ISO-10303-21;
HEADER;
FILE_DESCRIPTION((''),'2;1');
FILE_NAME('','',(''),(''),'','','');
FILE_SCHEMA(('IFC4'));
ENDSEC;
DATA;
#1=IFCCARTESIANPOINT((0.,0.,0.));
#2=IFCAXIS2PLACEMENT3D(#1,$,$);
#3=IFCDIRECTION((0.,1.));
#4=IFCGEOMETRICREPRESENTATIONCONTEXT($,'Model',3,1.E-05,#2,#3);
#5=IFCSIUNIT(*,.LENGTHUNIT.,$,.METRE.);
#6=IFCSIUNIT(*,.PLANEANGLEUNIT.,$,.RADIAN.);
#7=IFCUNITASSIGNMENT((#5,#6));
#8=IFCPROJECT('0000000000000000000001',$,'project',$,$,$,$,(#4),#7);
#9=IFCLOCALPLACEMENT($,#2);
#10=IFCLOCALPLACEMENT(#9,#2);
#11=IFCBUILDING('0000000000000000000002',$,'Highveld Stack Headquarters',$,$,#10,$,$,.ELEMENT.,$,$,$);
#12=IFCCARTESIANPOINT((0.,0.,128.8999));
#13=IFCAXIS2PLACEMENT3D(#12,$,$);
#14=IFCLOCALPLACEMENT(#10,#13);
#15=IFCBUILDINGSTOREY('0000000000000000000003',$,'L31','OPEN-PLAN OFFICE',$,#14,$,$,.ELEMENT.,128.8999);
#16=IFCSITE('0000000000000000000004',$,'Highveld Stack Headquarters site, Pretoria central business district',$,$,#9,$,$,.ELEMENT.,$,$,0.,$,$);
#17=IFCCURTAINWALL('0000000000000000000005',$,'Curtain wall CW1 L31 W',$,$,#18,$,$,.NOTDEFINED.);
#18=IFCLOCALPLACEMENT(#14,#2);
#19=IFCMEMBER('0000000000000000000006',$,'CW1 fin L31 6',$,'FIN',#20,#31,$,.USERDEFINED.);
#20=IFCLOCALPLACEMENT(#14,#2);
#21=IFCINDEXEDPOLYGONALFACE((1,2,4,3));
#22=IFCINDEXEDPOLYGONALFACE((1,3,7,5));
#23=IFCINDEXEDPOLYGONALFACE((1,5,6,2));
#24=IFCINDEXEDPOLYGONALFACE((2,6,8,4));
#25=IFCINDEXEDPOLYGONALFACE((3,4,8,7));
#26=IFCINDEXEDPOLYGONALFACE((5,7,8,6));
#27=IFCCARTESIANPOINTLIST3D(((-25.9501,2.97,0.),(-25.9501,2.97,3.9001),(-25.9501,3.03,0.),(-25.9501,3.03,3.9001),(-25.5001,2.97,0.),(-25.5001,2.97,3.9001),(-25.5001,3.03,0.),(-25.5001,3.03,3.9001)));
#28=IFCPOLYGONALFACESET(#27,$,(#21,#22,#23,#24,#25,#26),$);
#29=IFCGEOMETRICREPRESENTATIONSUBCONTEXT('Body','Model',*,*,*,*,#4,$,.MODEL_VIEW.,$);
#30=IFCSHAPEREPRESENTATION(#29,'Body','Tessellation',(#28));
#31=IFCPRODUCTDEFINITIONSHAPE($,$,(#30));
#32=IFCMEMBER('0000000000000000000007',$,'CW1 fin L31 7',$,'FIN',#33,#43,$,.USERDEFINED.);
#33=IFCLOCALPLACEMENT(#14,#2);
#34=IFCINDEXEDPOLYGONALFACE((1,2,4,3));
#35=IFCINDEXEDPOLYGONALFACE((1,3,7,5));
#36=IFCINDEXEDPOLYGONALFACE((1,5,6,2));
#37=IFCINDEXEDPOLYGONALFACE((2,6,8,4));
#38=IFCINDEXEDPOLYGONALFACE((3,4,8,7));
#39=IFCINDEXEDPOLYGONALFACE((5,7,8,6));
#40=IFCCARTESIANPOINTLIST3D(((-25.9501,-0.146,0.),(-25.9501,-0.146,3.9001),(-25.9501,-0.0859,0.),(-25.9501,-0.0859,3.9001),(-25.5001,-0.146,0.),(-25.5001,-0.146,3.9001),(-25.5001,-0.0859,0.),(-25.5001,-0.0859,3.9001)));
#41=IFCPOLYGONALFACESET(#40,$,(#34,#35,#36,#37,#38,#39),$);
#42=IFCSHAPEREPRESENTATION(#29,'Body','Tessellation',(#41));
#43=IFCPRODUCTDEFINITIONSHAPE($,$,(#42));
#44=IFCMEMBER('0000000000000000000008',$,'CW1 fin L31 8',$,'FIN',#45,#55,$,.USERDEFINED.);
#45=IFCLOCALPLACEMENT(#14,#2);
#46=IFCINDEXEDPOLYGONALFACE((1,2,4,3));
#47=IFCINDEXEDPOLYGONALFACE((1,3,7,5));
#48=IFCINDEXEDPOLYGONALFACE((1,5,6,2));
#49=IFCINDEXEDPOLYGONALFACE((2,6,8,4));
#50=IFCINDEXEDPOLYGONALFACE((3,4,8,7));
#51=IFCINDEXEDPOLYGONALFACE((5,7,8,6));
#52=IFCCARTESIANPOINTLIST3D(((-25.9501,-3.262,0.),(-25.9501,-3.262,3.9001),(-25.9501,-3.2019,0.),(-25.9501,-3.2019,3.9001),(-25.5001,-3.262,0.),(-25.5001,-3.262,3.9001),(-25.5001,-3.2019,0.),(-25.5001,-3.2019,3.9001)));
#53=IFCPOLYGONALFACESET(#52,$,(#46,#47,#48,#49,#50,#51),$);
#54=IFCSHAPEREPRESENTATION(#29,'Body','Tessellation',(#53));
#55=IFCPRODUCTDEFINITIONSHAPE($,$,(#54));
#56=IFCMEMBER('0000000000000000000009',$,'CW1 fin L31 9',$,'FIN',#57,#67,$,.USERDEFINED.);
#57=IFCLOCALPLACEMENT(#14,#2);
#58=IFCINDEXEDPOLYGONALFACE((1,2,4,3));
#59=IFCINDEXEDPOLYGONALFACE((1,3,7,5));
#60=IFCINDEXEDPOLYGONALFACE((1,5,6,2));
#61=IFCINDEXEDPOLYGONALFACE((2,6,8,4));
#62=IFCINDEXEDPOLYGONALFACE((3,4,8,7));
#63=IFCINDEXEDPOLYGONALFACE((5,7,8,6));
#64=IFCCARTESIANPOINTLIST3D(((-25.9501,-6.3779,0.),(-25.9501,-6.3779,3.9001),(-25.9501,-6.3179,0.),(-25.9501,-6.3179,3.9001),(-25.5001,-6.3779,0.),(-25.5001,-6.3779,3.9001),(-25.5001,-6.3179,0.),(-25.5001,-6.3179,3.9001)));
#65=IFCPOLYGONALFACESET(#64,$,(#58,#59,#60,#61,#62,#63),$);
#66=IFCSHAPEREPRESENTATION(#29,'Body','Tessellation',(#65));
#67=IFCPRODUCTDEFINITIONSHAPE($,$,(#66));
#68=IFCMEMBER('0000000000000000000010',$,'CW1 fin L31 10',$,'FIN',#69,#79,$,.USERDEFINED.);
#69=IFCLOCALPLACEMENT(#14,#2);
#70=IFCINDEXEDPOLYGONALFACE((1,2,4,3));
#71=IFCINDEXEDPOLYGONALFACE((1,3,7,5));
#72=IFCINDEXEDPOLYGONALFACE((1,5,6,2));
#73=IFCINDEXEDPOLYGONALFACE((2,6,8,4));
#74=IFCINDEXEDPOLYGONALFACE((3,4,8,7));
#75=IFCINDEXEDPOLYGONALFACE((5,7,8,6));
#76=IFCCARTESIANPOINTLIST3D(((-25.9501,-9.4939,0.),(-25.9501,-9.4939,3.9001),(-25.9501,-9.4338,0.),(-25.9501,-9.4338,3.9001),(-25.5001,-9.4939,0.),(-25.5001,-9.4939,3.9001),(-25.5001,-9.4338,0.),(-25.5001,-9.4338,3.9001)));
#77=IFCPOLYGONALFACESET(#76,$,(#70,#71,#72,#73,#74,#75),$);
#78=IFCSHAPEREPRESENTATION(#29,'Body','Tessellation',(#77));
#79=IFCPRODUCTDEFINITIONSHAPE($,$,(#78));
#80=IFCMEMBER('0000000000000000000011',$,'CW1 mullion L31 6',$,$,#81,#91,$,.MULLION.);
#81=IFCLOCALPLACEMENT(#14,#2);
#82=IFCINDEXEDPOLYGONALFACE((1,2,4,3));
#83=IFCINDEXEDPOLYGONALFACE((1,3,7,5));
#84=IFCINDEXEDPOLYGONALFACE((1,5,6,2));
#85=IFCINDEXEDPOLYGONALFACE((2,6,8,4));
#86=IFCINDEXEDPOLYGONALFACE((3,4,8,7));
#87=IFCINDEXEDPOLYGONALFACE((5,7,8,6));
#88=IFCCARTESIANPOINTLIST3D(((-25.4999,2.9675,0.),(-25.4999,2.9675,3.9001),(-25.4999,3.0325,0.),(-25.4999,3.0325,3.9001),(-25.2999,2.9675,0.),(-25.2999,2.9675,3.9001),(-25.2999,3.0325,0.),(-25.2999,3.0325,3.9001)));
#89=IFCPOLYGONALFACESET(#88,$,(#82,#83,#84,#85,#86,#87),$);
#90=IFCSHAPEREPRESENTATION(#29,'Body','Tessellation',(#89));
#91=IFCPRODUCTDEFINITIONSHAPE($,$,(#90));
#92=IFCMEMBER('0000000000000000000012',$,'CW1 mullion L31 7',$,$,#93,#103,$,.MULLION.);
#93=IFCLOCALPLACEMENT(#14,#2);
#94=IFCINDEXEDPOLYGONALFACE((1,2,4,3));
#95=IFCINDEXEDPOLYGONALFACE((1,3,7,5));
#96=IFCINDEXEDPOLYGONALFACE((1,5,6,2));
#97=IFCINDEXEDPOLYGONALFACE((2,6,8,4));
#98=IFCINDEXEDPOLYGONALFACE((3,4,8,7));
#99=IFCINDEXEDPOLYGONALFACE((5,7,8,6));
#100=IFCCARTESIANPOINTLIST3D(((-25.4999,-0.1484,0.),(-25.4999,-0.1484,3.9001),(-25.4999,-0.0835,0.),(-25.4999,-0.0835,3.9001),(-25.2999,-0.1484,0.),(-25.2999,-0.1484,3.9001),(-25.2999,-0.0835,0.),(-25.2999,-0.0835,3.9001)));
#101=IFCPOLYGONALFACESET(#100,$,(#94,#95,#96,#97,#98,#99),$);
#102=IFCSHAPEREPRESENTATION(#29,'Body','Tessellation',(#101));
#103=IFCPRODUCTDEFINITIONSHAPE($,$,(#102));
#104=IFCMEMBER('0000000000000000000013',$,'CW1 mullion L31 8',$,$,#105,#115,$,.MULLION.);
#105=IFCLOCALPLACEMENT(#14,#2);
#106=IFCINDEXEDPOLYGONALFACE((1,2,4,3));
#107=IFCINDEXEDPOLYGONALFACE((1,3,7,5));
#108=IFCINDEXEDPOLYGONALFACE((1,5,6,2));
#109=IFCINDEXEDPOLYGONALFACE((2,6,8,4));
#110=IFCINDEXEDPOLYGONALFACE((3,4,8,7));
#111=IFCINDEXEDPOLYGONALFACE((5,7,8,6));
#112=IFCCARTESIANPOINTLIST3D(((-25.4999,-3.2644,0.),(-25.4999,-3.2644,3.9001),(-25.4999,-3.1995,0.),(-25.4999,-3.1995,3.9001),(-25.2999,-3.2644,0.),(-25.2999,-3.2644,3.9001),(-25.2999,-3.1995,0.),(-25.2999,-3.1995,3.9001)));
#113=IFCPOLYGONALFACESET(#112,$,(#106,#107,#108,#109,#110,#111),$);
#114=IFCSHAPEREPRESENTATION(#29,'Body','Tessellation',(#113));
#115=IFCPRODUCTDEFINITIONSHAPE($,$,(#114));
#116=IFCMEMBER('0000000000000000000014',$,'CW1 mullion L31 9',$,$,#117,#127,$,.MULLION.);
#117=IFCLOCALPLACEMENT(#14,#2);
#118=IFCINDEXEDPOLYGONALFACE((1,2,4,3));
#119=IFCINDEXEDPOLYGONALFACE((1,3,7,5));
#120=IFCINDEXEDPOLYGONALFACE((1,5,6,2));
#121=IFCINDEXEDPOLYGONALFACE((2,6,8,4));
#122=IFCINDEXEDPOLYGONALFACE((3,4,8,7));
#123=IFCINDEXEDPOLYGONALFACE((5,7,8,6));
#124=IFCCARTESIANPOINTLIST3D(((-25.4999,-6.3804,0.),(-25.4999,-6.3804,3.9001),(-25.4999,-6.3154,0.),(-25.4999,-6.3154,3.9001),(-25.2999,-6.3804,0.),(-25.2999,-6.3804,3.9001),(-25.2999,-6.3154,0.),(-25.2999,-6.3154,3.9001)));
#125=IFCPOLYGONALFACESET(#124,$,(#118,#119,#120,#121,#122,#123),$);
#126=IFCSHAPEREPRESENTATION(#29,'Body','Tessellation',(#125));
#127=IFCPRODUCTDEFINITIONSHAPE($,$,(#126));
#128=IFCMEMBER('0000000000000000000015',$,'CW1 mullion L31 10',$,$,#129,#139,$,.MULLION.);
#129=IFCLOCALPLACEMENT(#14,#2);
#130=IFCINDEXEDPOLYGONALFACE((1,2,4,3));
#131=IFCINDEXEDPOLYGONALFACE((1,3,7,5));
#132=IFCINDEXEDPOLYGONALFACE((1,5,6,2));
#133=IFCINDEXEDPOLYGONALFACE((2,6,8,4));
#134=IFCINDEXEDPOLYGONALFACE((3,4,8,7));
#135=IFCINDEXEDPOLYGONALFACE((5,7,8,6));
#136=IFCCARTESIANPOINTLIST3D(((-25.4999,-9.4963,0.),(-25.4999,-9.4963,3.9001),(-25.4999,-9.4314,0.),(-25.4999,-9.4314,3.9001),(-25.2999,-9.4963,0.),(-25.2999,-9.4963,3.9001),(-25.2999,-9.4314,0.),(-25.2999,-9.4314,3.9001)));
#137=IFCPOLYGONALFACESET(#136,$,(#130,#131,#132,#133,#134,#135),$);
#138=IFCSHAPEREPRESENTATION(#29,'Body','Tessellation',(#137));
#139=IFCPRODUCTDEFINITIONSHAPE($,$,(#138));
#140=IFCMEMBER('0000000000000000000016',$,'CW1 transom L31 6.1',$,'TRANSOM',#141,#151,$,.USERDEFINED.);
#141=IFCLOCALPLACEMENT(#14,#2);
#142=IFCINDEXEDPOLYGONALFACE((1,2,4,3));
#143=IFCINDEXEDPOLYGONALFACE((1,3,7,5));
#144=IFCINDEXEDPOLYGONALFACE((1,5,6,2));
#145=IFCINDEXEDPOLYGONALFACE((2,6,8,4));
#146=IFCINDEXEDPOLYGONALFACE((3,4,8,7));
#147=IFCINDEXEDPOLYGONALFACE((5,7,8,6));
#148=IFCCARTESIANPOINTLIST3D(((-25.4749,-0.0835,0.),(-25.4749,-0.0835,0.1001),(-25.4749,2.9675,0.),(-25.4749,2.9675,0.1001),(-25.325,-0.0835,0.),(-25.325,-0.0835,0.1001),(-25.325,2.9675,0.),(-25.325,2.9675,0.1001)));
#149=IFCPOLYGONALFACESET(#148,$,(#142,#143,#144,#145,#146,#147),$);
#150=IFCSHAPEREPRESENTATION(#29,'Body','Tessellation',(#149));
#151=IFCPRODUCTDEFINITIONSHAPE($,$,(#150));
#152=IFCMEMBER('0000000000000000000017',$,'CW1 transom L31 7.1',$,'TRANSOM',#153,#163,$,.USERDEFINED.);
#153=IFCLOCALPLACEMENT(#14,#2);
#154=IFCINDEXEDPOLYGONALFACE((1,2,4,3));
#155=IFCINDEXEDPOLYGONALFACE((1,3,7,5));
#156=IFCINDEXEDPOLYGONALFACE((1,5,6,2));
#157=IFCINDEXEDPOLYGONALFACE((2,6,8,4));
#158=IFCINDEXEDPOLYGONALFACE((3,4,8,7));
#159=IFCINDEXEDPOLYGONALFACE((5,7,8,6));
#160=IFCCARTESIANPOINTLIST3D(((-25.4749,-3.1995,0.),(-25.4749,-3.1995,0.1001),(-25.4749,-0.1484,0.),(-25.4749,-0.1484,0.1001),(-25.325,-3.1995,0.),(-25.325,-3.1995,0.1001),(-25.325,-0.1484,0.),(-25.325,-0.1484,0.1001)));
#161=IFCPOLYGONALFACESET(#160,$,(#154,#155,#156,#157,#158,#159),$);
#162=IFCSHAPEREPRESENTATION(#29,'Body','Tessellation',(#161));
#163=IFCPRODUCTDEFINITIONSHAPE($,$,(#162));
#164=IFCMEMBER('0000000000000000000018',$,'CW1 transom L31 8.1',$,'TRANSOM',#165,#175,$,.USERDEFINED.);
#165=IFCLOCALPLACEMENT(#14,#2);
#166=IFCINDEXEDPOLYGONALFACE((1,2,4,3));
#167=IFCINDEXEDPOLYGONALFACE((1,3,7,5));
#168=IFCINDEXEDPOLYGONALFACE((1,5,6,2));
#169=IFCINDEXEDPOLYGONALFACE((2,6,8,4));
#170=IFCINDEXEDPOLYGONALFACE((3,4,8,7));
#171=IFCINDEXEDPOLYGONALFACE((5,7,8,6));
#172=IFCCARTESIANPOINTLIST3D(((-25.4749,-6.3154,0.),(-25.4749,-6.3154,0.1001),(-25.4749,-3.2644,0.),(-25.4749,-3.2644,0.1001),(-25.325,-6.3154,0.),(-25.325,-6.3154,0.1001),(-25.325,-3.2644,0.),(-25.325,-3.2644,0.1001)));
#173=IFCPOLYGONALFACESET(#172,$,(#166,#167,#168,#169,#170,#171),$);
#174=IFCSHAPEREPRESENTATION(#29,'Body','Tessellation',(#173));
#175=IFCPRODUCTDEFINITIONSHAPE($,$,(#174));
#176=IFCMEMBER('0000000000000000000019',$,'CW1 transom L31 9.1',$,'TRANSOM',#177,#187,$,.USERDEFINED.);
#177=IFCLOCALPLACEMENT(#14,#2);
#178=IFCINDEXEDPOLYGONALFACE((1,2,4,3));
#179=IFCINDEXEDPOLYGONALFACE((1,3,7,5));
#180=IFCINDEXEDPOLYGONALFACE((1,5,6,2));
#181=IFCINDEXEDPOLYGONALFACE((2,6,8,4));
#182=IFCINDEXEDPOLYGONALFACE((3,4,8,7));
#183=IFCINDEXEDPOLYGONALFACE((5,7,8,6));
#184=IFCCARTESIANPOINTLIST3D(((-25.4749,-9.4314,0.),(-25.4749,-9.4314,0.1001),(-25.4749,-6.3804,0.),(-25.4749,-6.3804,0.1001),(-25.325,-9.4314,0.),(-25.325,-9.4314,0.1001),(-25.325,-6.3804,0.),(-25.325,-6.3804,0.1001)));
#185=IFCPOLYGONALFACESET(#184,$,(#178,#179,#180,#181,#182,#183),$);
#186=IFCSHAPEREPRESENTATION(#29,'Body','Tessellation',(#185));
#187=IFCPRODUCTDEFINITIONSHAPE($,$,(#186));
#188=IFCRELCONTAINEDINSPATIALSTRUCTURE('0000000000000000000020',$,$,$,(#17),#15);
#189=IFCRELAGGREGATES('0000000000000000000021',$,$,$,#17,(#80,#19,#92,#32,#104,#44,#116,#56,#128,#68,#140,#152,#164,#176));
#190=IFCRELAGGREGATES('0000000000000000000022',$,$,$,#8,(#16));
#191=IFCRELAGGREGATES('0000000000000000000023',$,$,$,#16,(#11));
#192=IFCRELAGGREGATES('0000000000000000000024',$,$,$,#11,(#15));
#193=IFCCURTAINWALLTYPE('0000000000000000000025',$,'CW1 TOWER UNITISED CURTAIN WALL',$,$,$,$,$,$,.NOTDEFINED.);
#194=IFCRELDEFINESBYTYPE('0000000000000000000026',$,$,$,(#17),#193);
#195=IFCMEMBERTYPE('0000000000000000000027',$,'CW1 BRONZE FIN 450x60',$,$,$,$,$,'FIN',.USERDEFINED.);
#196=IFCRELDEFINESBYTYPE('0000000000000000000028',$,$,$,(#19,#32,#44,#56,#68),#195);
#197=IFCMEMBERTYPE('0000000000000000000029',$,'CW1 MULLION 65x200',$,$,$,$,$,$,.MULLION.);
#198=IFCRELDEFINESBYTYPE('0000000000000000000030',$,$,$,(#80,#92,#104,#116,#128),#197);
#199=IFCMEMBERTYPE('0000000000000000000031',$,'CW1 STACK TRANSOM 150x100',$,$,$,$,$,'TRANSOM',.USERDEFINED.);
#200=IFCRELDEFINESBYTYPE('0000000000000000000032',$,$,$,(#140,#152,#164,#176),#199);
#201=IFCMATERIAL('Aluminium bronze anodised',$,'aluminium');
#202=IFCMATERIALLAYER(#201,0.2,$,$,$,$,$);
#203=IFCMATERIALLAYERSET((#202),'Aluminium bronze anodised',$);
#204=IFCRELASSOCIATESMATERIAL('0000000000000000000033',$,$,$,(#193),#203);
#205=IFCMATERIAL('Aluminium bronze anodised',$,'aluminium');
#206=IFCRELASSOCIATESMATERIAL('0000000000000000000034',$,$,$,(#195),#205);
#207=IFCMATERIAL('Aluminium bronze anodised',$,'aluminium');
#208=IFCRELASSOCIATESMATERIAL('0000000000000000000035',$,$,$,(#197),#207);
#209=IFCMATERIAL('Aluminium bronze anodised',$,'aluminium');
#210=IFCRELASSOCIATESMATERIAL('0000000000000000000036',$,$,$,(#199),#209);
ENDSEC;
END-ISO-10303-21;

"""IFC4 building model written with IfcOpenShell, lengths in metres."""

from ifc_helpers import new_model, si_unit, direction, frame, origin, origin_2d, place, context, subcontext, project, spatial, rectangle, extrude, material, layer, layer_set, material_profile, profile_set, type_object, element, aggregate, save


model = new_model("IFC4")

# Units and contexts
model_context = context("Model", 3, precision=1e-05, world=origin(), true_north=direction((0.0, 1.0)))
body_context = subcontext(model_context, "Body", "Model", "MODEL_VIEW")
ifc_project = project(units=[si_unit("LENGTHUNIT", "METRE"), si_unit("PLANEANGLEUNIT", "RADIAN")], contexts=[model_context])

# Site, building, storey
site_placement = place(None, origin())
site = spatial("IfcSite", under=ifc_project, at=site_placement, Name="Highveld Stack Headquarters site, Pretoria central business district", CompositionType="ELEMENT", RefElevation=0.0)
building_placement = place(site_placement, origin())
building = spatial("IfcBuilding", under=site, at=building_placement, Name="Highveld Stack Headquarters", CompositionType="ELEMENT")
storey_placement = place(building_placement, frame((0.0, 0.0, 128.8999)))
storey = spatial("IfcBuildingStorey", under=building, at=storey_placement, Name="L31", Description="OPEN-PLAN OFFICE", CompositionType="ELEMENT", Elevation=128.8999)

# Curtain wall, members
ifc_material_1 = material(Name="Aluminium bronze anodised", Category="aluminium")
ifc_layer_1 = layer(ifc_material_1, 0.2)
ifc_layer_set_1 = layer_set([ifc_layer_1], Name="Aluminium bronze anodised")
curtain_wall_type = type_object("IfcCurtainWallType", Name="CW1 TOWER UNITISED CURTAIN WALL", PredefinedType="NOTDEFINED", material=ifc_layer_set_1)
curtain_wall_placement = place(storey_placement, origin())
curtain_wall = element("IfcCurtainWall", 1, at=curtain_wall_placement, inside=storey, type_object=curtain_wall_type, Name="Curtain wall CW1 L31 W", PredefinedType="NOTDEFINED")
ifc_material_2 = material(Name="Aluminium bronze anodised", Category="aluminium")
ifc_material_profile_1 = material_profile(ifc_material_2, rectangle(XDim=0.45, YDim=0.0601, at=origin_2d()), Name="FIN 450x60")
ifc_profile_set_1 = profile_set([ifc_material_profile_1], Name="Aluminium bronze anodised")
member_type_1 = type_object("IfcMemberType", Name="CW1 BRONZE FIN 450x60", ElementType="FIN", PredefinedType="USERDEFINED", material=ifc_profile_set_1)
member_1_placement = place(storey_placement, frame((-25.7251, 3.0, 0.0), z_axis=(0.0, 0.0, 1.0), x_axis=(1.0, 0.0, 0.0)))
member_1 = element("IfcMember", 2, at=member_1_placement, type_object=member_type_1, Name="CW1 fin L31 6", ObjectType="FIN", PredefinedType="USERDEFINED", context=body_context, shape_type="SweptSolid", body=[
    extrude(rectangle(XDim=0.45, YDim=0.0601, at=origin_2d()), origin(), (0.0, 0.0, 1.0), 3.9001),
])
member_2_placement = place(storey_placement, frame((-25.7251, -0.116, 0.0), z_axis=(0.0, 0.0, 1.0), x_axis=(1.0, 0.0, 0.0)))
member_2 = element("IfcMember", 3, at=member_2_placement, type_object=member_type_1, Name="CW1 fin L31 7", ObjectType="FIN", PredefinedType="USERDEFINED", context=body_context, shape_type="SweptSolid", body=[
    extrude(rectangle(XDim=0.45, YDim=0.0601, at=origin_2d()), origin(), (0.0, 0.0, 1.0), 3.9001),
])
member_3_placement = place(storey_placement, frame((-25.7251, -3.2319, 0.0), z_axis=(0.0, 0.0, 1.0), x_axis=(1.0, 0.0, 0.0)))
member_3 = element("IfcMember", 4, at=member_3_placement, type_object=member_type_1, Name="CW1 fin L31 8", ObjectType="FIN", PredefinedType="USERDEFINED", context=body_context, shape_type="SweptSolid", body=[
    extrude(rectangle(XDim=0.45, YDim=0.0601, at=origin_2d()), origin(), (0.0, 0.0, 1.0), 3.9001),
])
member_4_placement = place(storey_placement, frame((-25.7251, -6.3479, 0.0), z_axis=(0.0, 0.0, 1.0), x_axis=(1.0, 0.0, 0.0)))
member_4 = element("IfcMember", 5, at=member_4_placement, type_object=member_type_1, Name="CW1 fin L31 9", ObjectType="FIN", PredefinedType="USERDEFINED", context=body_context, shape_type="SweptSolid", body=[
    extrude(rectangle(XDim=0.45, YDim=0.0601, at=origin_2d()), origin(), (0.0, 0.0, 1.0), 3.9001),
])
member_5_placement = place(storey_placement, frame((-25.7251, -9.4639, 0.0), z_axis=(0.0, 0.0, 1.0), x_axis=(1.0, 0.0, 0.0)))
member_5 = element("IfcMember", 6, at=member_5_placement, type_object=member_type_1, Name="CW1 fin L31 10", ObjectType="FIN", PredefinedType="USERDEFINED", context=body_context, shape_type="SweptSolid", body=[
    extrude(rectangle(XDim=0.45, YDim=0.0601, at=origin_2d()), origin(), (0.0, 0.0, 1.0), 3.9001),
])
ifc_material_3 = material(Name="Aluminium bronze anodised", Category="aluminium")
ifc_material_profile_2 = material_profile(ifc_material_3, rectangle(XDim=0.2, YDim=0.0649, at=origin_2d()), Name="CW1 MULLION 65x200")
ifc_profile_set_2 = profile_set([ifc_material_profile_2], Name="Aluminium bronze anodised")
member_type_2 = type_object("IfcMemberType", Name="CW1 MULLION 65x200", PredefinedType="MULLION", material=ifc_profile_set_2)
member_6_placement = place(storey_placement, frame((-25.3999, 3.0, 0.0), z_axis=(0.0, 0.0, 1.0), x_axis=(1.0, 0.0, 0.0)))
member_6 = element("IfcMember", 7, at=member_6_placement, type_object=member_type_2, Name="CW1 mullion L31 6", PredefinedType="MULLION", context=body_context, shape_type="SweptSolid", body=[
    extrude(rectangle(XDim=0.2, YDim=0.0649, at=origin_2d()), origin(), (0.0, 0.0, 1.0), 3.9001),
])
member_7_placement = place(storey_placement, frame((-25.3999, -0.116, 0.0), z_axis=(0.0, 0.0, 1.0), x_axis=(1.0, 0.0, 0.0)))
member_7 = element("IfcMember", 8, at=member_7_placement, type_object=member_type_2, Name="CW1 mullion L31 7", PredefinedType="MULLION", context=body_context, shape_type="SweptSolid", body=[
    extrude(rectangle(XDim=0.2, YDim=0.0649, at=origin_2d()), origin(), (0.0, 0.0, 1.0), 3.9001),
])
member_8_placement = place(storey_placement, frame((-25.3999, -3.2319, 0.0), z_axis=(0.0, 0.0, 1.0), x_axis=(1.0, 0.0, 0.0)))
member_8 = element("IfcMember", 9, at=member_8_placement, type_object=member_type_2, Name="CW1 mullion L31 8", PredefinedType="MULLION", context=body_context, shape_type="SweptSolid", body=[
    extrude(rectangle(XDim=0.2, YDim=0.0649, at=origin_2d()), origin(), (0.0, 0.0, 1.0), 3.9001),
])
member_9_placement = place(storey_placement, frame((-25.3999, -6.3479, 0.0), z_axis=(0.0, 0.0, 1.0), x_axis=(1.0, 0.0, 0.0)))
member_9 = element("IfcMember", 10, at=member_9_placement, type_object=member_type_2, Name="CW1 mullion L31 9", PredefinedType="MULLION", context=body_context, shape_type="SweptSolid", body=[
    extrude(rectangle(XDim=0.2, YDim=0.0649, at=origin_2d()), origin(), (0.0, 0.0, 1.0), 3.9001),
])
member_10_placement = place(storey_placement, frame((-25.3999, -9.4639, 0.0), z_axis=(0.0, 0.0, 1.0), x_axis=(1.0, 0.0, 0.0)))
member_10 = element("IfcMember", 11, at=member_10_placement, type_object=member_type_2, Name="CW1 mullion L31 10", PredefinedType="MULLION", context=body_context, shape_type="SweptSolid", body=[
    extrude(rectangle(XDim=0.2, YDim=0.0649, at=origin_2d()), origin(), (0.0, 0.0, 1.0), 3.9001),
])
ifc_material_4 = material(Name="Aluminium bronze anodised", Category="aluminium")
ifc_material_profile_3 = material_profile(ifc_material_4, rectangle(XDim=0.1499, YDim=0.1001, at=origin_2d()), Name="CW1 TRANSOM 150x100")
ifc_profile_set_3 = profile_set([ifc_material_profile_3], Name="Aluminium bronze anodised")
member_type_3 = type_object("IfcMemberType", Name="CW1 STACK TRANSOM 150x100", ElementType="TRANSOM", PredefinedType="USERDEFINED", material=ifc_profile_set_3)
member_11_placement = place(storey_placement, frame((-25.3999, 2.9675, 0.05), z_axis=(0.0, -1.0, 0.0), x_axis=(1.0, 0.0, 0.0)))
member_11 = element("IfcMember", 12, at=member_11_placement, type_object=member_type_3, Name="CW1 transom L31 6.1", ObjectType="TRANSOM", PredefinedType="USERDEFINED", context=body_context, shape_type="SweptSolid", body=[
    extrude(rectangle(XDim=0.1499, YDim=0.1001, at=origin_2d()), origin(), (0.0, 0.0, 1.0), 3.051),
])
member_12_placement = place(storey_placement, frame((-25.3999, -0.1484, 0.05), z_axis=(0.0, -1.0, 0.0), x_axis=(1.0, 0.0, 0.0)))
member_12 = element("IfcMember", 13, at=member_12_placement, type_object=member_type_3, Name="CW1 transom L31 7.1", ObjectType="TRANSOM", PredefinedType="USERDEFINED", context=body_context, shape_type="SweptSolid", body=[
    extrude(rectangle(XDim=0.1499, YDim=0.1001, at=origin_2d()), origin(), (0.0, 0.0, 1.0), 3.051),
])
member_13_placement = place(storey_placement, frame((-25.3999, -3.2644, 0.05), z_axis=(0.0, -1.0, 0.0), x_axis=(1.0, 0.0, 0.0)))
member_13 = element("IfcMember", 14, at=member_13_placement, type_object=member_type_3, Name="CW1 transom L31 8.1", ObjectType="TRANSOM", PredefinedType="USERDEFINED", context=body_context, shape_type="SweptSolid", body=[
    extrude(rectangle(XDim=0.1499, YDim=0.1001, at=origin_2d()), origin(), (0.0, 0.0, 1.0), 3.051),
])
member_14_placement = place(storey_placement, frame((-25.3999, -6.3804, 0.05), z_axis=(0.0, -1.0, 0.0), x_axis=(1.0, 0.0, 0.0)))
member_14 = element("IfcMember", 15, at=member_14_placement, type_object=member_type_3, Name="CW1 transom L31 9.1", ObjectType="TRANSOM", PredefinedType="USERDEFINED", context=body_context, shape_type="SweptSolid", body=[
    extrude(rectangle(XDim=0.1499, YDim=0.1001, at=origin_2d()), origin(), (0.0, 0.0, 1.0), 3.051),
])

aggregate(curtain_wall, [member_6, member_1, member_7, member_2, member_8, member_3, member_9, member_4, member_10, member_5, member_11, member_12, member_13, member_14])

save(model, "model.ifc")
